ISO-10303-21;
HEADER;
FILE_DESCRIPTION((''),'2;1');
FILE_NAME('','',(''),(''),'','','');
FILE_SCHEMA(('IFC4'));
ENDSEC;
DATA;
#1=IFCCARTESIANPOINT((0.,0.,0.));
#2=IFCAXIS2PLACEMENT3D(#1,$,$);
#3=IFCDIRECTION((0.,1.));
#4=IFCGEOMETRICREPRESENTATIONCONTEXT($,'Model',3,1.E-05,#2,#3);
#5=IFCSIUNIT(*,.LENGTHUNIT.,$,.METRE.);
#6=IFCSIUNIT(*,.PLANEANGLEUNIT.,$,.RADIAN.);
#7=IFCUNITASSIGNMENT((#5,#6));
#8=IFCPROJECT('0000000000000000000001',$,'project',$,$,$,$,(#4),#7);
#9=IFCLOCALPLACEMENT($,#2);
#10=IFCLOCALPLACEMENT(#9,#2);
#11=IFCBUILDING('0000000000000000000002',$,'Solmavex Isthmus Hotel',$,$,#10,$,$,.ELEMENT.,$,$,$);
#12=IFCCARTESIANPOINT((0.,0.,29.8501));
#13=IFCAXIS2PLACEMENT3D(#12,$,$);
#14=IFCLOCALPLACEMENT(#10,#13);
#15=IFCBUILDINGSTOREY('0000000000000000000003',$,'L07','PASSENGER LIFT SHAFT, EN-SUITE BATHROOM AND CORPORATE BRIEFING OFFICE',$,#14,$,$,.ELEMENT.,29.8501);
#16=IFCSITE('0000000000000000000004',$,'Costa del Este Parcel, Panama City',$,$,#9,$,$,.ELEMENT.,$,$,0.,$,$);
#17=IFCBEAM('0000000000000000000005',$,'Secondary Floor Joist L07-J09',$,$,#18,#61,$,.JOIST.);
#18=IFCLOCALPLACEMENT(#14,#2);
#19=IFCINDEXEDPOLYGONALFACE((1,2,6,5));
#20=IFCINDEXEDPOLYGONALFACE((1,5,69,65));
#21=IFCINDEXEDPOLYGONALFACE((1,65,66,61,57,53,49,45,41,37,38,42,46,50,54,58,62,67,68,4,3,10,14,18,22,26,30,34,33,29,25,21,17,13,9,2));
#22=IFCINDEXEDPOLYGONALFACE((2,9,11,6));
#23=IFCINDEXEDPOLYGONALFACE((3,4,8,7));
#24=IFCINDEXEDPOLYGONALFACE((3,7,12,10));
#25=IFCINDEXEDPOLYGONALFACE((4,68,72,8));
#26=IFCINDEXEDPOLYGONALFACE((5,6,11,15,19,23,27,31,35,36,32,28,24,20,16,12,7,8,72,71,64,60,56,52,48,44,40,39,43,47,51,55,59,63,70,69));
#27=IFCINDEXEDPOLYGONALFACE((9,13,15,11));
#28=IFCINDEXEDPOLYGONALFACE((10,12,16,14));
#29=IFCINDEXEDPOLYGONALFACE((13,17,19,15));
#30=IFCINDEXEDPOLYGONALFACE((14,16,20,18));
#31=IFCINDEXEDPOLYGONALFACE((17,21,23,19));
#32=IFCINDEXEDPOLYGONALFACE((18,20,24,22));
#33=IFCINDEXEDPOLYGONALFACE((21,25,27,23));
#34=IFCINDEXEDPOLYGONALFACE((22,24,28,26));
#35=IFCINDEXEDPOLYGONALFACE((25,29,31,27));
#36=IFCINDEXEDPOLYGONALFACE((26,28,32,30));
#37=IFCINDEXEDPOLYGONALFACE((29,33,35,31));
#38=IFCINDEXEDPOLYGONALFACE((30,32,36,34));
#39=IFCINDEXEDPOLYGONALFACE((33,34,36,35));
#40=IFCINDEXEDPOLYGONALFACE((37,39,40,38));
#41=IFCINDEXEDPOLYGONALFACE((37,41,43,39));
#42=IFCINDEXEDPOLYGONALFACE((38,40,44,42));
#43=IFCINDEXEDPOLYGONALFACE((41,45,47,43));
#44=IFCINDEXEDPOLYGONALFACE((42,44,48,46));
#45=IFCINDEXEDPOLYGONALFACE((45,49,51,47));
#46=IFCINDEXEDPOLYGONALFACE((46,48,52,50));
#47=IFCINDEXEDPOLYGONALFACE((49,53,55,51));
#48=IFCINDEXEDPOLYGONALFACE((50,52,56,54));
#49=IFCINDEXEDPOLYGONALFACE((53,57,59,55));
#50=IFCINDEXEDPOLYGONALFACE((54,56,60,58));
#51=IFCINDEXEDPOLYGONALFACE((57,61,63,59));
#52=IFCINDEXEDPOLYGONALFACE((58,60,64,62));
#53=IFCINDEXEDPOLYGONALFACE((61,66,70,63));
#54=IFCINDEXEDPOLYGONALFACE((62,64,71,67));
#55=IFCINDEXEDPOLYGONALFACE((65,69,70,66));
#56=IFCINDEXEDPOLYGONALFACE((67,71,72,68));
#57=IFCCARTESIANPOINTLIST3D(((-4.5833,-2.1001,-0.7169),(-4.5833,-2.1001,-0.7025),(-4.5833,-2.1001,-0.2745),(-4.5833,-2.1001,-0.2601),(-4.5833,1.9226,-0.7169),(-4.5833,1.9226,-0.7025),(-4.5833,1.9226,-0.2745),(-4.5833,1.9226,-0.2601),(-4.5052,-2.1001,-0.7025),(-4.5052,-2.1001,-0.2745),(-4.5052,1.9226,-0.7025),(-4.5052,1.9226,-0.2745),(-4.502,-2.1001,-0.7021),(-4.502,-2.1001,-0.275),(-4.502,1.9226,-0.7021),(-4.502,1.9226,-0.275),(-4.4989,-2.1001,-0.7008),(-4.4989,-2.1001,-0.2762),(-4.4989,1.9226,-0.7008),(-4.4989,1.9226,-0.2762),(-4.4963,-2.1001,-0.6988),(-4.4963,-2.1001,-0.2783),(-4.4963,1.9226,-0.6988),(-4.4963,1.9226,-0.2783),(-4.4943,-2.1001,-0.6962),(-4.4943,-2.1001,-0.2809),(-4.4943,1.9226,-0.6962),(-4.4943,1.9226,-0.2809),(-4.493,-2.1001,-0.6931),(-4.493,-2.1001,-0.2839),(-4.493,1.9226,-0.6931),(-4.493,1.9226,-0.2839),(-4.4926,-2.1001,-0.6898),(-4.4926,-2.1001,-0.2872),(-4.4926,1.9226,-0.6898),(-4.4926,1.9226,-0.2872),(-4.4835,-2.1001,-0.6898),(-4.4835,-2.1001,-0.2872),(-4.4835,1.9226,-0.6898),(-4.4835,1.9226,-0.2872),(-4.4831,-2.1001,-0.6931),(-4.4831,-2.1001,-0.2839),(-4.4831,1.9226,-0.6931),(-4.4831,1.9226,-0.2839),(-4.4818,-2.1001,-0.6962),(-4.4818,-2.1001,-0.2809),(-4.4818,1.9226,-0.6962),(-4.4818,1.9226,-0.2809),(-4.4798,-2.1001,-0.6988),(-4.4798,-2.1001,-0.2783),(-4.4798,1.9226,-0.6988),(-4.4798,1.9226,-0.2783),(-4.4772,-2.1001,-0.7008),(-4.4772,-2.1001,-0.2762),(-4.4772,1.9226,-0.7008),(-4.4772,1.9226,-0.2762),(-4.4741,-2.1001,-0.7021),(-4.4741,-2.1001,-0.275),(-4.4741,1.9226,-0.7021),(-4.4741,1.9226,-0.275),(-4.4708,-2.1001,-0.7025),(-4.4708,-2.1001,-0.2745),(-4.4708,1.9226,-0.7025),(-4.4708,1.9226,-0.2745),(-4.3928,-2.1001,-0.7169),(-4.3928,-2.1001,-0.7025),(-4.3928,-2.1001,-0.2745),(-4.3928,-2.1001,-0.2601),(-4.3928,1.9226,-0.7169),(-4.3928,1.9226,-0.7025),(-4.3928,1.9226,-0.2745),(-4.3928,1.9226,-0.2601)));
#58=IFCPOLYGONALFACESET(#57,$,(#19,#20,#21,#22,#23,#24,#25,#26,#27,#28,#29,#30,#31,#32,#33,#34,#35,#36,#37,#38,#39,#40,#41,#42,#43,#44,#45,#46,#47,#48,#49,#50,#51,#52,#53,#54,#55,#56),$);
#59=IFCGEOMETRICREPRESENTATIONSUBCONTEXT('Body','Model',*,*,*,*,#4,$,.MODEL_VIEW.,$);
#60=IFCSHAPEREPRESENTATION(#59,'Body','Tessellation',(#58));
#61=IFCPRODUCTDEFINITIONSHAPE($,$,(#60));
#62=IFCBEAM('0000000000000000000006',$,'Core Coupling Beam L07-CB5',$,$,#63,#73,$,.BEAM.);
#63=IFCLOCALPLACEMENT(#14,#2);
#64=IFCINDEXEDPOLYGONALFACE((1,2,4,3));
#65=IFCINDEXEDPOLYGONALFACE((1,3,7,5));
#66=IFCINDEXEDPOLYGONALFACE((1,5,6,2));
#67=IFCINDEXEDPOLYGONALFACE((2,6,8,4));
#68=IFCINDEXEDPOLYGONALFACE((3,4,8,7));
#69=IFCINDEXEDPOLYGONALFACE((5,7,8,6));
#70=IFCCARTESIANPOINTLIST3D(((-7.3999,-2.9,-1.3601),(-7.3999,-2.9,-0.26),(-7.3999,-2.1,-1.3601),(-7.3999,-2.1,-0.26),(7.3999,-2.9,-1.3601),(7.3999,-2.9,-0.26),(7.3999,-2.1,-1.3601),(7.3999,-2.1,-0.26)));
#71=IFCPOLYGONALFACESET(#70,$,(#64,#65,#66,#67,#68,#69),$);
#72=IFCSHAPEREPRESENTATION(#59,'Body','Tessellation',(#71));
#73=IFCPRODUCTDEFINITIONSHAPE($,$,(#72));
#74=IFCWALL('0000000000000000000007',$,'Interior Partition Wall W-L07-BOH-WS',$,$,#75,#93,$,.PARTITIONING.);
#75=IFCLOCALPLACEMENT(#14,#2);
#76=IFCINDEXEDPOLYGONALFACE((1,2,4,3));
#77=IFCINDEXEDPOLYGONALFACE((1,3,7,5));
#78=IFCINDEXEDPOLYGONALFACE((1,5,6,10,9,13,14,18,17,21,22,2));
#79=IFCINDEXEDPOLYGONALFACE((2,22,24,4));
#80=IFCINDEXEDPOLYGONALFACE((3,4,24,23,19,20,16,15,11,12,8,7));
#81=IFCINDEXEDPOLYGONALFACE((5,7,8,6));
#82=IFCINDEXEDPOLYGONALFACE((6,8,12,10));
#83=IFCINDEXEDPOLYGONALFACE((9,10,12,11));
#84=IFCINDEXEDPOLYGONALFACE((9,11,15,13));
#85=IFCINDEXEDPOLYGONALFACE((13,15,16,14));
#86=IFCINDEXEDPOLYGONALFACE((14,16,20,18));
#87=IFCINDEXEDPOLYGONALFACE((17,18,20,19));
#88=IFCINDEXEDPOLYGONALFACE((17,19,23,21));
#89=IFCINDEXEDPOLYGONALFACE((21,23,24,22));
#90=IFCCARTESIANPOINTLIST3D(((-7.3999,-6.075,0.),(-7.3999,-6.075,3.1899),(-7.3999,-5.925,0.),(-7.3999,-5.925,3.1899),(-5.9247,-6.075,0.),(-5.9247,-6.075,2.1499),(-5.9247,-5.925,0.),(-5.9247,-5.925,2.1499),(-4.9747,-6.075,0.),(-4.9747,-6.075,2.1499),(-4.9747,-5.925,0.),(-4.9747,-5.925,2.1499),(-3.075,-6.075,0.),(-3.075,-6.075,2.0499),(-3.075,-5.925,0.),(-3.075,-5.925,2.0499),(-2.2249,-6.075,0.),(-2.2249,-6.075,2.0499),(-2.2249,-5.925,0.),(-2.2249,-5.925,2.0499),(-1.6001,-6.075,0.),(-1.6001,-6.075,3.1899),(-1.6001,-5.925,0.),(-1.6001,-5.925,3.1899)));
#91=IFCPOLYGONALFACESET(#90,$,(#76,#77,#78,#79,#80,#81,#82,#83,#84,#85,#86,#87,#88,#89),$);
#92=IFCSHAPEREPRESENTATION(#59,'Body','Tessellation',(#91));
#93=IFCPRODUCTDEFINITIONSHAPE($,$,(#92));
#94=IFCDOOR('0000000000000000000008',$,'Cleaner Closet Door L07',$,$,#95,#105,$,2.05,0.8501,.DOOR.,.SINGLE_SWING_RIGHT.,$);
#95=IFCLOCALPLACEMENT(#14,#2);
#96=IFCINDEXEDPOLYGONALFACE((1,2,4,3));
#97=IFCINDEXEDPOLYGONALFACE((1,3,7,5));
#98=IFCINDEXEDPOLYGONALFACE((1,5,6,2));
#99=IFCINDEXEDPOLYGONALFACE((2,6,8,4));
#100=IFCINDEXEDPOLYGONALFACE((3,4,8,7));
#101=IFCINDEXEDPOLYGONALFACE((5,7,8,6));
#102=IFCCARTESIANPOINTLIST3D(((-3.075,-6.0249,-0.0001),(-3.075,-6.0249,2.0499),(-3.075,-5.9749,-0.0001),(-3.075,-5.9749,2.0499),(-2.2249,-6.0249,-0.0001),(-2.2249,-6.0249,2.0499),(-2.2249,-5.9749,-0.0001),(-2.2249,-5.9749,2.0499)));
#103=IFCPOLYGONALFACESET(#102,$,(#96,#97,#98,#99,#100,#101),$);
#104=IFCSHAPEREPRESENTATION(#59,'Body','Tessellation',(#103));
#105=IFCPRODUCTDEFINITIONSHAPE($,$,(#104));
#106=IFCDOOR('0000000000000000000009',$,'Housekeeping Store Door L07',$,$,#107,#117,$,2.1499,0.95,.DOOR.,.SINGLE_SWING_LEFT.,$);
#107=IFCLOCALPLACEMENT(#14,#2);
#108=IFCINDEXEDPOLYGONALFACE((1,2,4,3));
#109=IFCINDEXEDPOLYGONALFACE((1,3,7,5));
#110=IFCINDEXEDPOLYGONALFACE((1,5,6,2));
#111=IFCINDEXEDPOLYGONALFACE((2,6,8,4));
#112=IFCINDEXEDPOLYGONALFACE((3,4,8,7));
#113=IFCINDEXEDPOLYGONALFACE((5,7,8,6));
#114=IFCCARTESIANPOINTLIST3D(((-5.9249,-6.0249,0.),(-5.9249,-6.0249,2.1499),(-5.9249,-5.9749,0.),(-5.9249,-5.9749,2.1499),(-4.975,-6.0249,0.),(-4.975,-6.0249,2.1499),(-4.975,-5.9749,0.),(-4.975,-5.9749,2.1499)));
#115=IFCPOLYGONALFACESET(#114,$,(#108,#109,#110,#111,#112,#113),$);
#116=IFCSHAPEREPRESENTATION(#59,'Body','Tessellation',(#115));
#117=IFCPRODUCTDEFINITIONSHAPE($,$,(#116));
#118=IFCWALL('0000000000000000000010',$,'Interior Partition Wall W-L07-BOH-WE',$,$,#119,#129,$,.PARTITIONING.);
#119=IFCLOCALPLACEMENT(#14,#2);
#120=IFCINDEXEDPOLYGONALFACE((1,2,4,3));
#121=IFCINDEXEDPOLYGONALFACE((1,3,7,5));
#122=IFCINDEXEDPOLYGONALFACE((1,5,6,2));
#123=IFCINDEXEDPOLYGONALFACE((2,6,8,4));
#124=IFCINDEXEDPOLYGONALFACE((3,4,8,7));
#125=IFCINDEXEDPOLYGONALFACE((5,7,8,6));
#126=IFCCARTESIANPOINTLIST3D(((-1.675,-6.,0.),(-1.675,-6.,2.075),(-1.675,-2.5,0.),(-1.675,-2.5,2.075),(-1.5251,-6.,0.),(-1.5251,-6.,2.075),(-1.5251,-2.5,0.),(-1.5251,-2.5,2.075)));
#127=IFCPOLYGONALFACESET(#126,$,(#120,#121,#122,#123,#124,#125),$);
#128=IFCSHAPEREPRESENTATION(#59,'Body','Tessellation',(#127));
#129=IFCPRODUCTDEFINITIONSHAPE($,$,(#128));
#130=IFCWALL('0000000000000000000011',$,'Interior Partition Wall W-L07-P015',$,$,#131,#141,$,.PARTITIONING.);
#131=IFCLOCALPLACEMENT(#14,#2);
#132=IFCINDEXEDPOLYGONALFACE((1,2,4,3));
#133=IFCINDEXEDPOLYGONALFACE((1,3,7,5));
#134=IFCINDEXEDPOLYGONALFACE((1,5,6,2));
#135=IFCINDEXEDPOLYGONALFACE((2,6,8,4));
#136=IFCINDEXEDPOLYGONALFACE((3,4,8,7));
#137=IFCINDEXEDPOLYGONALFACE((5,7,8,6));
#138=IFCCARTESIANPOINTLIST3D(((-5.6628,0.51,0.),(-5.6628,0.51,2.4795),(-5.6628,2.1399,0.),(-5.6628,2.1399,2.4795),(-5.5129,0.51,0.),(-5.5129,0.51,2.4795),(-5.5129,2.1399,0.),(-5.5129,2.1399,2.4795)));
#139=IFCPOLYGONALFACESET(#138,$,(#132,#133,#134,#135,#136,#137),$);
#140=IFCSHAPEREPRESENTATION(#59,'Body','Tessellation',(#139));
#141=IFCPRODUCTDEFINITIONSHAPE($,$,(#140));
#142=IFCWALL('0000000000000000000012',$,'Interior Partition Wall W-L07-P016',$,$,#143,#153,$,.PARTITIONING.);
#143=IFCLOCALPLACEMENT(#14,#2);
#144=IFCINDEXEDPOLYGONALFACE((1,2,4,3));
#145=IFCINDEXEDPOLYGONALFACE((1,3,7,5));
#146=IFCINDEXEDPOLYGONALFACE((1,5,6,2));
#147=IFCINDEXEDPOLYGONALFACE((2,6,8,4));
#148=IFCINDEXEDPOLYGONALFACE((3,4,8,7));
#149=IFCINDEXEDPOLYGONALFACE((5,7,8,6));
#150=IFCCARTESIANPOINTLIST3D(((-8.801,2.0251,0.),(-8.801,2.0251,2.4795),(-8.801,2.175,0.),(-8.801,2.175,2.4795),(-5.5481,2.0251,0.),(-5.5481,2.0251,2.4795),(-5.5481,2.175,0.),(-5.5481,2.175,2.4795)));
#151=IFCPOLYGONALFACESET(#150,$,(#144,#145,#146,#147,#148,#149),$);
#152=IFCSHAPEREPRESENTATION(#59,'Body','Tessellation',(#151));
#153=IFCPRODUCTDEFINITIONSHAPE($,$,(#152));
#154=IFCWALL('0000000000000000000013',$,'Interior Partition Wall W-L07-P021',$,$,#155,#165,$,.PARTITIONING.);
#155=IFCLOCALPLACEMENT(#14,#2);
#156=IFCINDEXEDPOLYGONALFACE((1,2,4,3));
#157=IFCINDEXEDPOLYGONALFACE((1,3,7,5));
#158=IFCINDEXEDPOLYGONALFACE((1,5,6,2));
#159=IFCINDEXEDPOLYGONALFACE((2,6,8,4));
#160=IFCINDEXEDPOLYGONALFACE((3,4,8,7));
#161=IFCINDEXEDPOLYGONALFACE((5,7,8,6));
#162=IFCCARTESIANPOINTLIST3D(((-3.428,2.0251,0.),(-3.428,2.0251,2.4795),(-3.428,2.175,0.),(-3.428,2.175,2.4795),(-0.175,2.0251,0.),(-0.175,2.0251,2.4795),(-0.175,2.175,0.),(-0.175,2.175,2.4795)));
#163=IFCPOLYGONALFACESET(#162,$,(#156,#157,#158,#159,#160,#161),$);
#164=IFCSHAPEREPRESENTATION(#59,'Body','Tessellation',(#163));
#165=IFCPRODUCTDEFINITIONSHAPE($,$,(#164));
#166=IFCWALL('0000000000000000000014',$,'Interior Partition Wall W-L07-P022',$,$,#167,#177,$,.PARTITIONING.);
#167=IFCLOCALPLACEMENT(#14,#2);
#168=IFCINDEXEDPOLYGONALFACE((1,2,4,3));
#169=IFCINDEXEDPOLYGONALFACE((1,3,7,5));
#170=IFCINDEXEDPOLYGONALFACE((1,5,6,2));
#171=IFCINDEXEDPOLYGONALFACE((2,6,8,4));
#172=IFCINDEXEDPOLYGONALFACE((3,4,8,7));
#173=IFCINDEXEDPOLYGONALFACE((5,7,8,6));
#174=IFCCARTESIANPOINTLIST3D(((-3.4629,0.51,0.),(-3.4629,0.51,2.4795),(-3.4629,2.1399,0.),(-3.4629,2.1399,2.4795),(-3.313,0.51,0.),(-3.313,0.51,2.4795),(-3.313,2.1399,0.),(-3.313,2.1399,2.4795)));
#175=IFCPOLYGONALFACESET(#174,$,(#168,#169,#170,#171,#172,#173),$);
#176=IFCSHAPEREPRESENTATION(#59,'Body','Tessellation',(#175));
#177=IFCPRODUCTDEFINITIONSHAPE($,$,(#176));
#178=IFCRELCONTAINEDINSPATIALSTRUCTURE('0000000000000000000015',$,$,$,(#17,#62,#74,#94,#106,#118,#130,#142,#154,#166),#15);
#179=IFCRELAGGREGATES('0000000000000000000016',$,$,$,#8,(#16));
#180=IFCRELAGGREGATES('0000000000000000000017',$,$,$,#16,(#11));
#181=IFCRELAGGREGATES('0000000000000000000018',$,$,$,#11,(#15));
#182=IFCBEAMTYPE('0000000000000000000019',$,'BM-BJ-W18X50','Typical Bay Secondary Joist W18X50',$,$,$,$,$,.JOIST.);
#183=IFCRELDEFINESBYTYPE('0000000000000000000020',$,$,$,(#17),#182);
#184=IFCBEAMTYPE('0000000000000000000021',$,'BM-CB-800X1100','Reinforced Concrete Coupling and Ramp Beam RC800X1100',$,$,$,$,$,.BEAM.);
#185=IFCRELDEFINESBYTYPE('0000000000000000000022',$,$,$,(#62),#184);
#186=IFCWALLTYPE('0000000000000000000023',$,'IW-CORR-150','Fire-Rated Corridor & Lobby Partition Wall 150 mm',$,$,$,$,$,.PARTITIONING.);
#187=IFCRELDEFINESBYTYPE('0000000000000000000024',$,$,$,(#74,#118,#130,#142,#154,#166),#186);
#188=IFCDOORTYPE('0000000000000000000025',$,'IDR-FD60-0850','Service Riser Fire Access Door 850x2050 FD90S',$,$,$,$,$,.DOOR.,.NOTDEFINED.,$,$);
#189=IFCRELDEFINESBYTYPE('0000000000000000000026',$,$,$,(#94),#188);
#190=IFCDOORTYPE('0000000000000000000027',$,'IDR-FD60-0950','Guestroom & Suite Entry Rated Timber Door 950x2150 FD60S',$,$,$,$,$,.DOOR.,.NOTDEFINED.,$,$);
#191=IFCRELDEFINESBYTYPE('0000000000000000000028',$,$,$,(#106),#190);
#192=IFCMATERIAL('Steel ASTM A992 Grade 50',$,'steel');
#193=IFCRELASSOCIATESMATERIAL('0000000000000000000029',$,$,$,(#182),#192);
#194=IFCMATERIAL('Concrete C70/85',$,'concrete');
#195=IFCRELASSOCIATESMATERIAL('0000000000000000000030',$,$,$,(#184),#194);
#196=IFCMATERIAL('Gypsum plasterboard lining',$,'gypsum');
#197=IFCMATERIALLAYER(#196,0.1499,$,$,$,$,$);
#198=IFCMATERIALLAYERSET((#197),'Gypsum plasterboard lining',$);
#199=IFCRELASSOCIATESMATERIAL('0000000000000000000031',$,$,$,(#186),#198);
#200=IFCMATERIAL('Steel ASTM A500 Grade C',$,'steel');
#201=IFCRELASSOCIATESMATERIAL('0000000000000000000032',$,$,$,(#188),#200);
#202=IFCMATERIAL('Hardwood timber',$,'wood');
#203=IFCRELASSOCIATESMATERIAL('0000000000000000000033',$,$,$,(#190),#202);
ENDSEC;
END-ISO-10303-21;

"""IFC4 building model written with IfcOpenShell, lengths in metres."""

from ifc_helpers import new_model, si_unit, direction, frame, frame_2d, origin, origin_2d, place, context, subcontext, project, spatial, rectangle, i_section, extrude, material, layer, layer_set, material_profile, profile_set, type_object, element, fill, save


model = new_model("IFC4")

# Units and contexts
model_context = context("Model", 3, precision=1e-05, world=origin(), true_north=direction((0.0, 1.0)))
body_context = subcontext(model_context, "Body", "Model", "MODEL_VIEW")
ifc_project = project(units=[si_unit("LENGTHUNIT", "METRE"), si_unit("PLANEANGLEUNIT", "RADIAN")], contexts=[model_context])

# Site, building, storey
site_placement = place(None, origin())
site = spatial("IfcSite", under=ifc_project, at=site_placement, Name="Costa del Este Parcel, Panama City", CompositionType="ELEMENT", RefElevation=0.0)
building_placement = place(site_placement, origin())
building = spatial("IfcBuilding", under=site, at=building_placement, Name="Solmavex Isthmus Hotel", CompositionType="ELEMENT")
storey_placement = place(building_placement, frame((0.0, 0.0, 29.8501)))
storey = spatial("IfcBuildingStorey", under=building, at=storey_placement, Name="L07", Description="PASSENGER LIFT SHAFT, EN-SUITE BATHROOM AND CORPORATE BRIEFING OFFICE", CompositionType="ELEMENT", Elevation=29.8501)

# Shared definitions
ifc_material_1 = material(Name="Concrete C70/85", Category="concrete")

# Beams
ifc_material_2 = material(Name="Steel ASTM A992 Grade 50", Category="steel")
ifc_material_profile_1 = material_profile(ifc_material_2, i_section(OverallWidth=0.1904, OverallDepth=0.4568, WebThickness=0.009, FlangeThickness=0.0144, FilletRadius=0.0127, at=origin_2d()), Name="W18X50")
ifc_profile_set_1 = profile_set([ifc_material_profile_1], Name="Steel ASTM A992 Grade 50")
beam_type_1 = type_object("IfcBeamType", Name="BM-BJ-W18X50", Description="Typical Bay Secondary Joist W18X50", PredefinedType="JOIST", material=ifc_profile_set_1)
beam_1_placement = place(storey_placement, frame((-4.488, -2.1001, -0.4885), z_axis=(0.0, 1.0, 0.0), x_axis=(-1.0, 0.0, 0.0)))
element("IfcBeam", 1, at=beam_1_placement, inside=storey, type_object=beam_type_1, Name="Secondary Floor Joist L07-J09", PredefinedType="JOIST", context=body_context, shape_type="SweptSolid", body=[
    extrude(i_section(OverallWidth=0.1904, OverallDepth=0.4568, WebThickness=0.009, FlangeThickness=0.0144, FilletRadius=0.0127, at=origin_2d()), origin(), (0.0, 0.0, 1.0), 4.0227),
])
ifc_material_profile_2 = material_profile(ifc_material_1, rectangle(XDim=0.8, YDim=1.1001, at=origin_2d()), Name="RC800X1100")
ifc_profile_set_2 = profile_set([ifc_material_profile_2], Name="Concrete C70/85")
beam_type_2 = type_object("IfcBeamType", Name="BM-CB-800X1100", Description="Reinforced Concrete Coupling and Ramp Beam RC800X1100", PredefinedType="BEAM", material=ifc_profile_set_2)
beam_2_placement = place(storey_placement, frame((-7.3999, -2.5, -0.8101), z_axis=(1.0, 0.0, 0.0), x_axis=(0.0, 1.0, 0.0)))
element("IfcBeam", 2, at=beam_2_placement, inside=storey, type_object=beam_type_2, Name="Core Coupling Beam L07-CB5", PredefinedType="BEAM", context=body_context, shape_type="SweptSolid", body=[
    extrude(rectangle(XDim=0.8, YDim=1.1001, at=origin_2d()), origin(), (0.0, 0.0, 1.0), 14.7998),
])

# Wall, openings, doors
ifc_material_3 = material(Name="Gypsum plasterboard lining", Category="gypsum")
ifc_layer_1 = layer(ifc_material_3, 0.1499)
ifc_layer_set_1 = layer_set([ifc_layer_1], Name="Gypsum plasterboard lining")
wall_type_1 = type_object("IfcWallType", Name="IW-CORR-150", Description="Fire-Rated Corridor & Lobby Partition Wall 150 mm", PredefinedType="PARTITIONING", material=ifc_layer_set_1)
wall_1_placement = place(storey_placement, frame((-7.3999, -6.0, 0.0), z_axis=(0.0, 0.0, 1.0), x_axis=(1.0, 0.0, 0.0)))
wall_1 = element("IfcWall", 3, at=wall_1_placement, inside=storey, type_object=wall_type_1, Name="Interior Partition Wall W-L07-BOH-WS", PredefinedType="PARTITIONING", context=body_context, shape_type="SweptSolid", body=[
    extrude(rectangle(XDim=5.7998, YDim=0.1499, at=frame_2d((2.8999, 0.0))), origin(), (0.0, 0.0, 1.0), 3.1899),
])
opening_1_placement = place(wall_1_placement, frame((1.4751, 0.0, 0.0)))
opening_1 = element("IfcOpeningElement", 4, at=opening_1_placement, cuts=wall_1, PredefinedType="OPENING", context=body_context, shape_type="SweptSolid", body=[
    extrude(rectangle(XDim=0.95, YDim=2.1499, at=frame_2d((0.4751, 1.075))), frame((0.0, 0.085, 0.0), z_axis=(0.0, -1.0, 0.0), x_axis=(1.0, 0.0, 0.0)), (0.0, 0.0, 1.0), 0.1699),
])
opening_2_placement = place(wall_1_placement, frame((4.325, 0.0, 0.0)))
opening_2 = element("IfcOpeningElement", 5, at=opening_2_placement, cuts=wall_1, PredefinedType="OPENING", context=body_context, shape_type="SweptSolid", body=[
    extrude(rectangle(XDim=0.8501, YDim=2.05, at=frame_2d((0.425, 1.0249))), frame((0.0, 0.085, 0.0), z_axis=(0.0, -1.0, 0.0), x_axis=(1.0, 0.0, 0.0)), (0.0, 0.0, 1.0), 0.1699),
])
ifc_material_4 = material(Name="Steel ASTM A500 Grade C", Category="steel")
door_type_1 = type_object("IfcDoorType", Name="IDR-FD60-0850", Description="Service Riser Fire Access Door 850x2050 FD90S", OperationType="NOTDEFINED", PredefinedType="DOOR", material=ifc_material_4)
door_1_placement = place(opening_2_placement, frame((0.8501, 0.0, 0.0), z_axis=(0.0, 0.0, 1.0), x_axis=(-1.0, 0.0, 0.0)))
door_1 = element("IfcDoor", 6, at=door_1_placement, inside=storey, type_object=door_type_1, Name="Cleaner Closet Door L07", OperationType="SINGLE_SWING_RIGHT", OverallHeight=2.05, OverallWidth=0.8501, PredefinedType="DOOR", context=body_context, shape_type="SweptSolid", body=[
    extrude(rectangle(XDim=0.8501, YDim=2.05, at=frame_2d((0.425, 1.0249))), frame((0.0, 0.0249, 0.0), z_axis=(0.0, -1.0, 0.0), x_axis=(1.0, 0.0, 0.0)), (0.0, 0.0, 1.0), 0.05),
])
fill(opening_2, door_1)
ifc_material_5 = material(Name="Hardwood timber", Category="wood")
door_type_2 = type_object("IfcDoorType", Name="IDR-FD60-0950", Description="Guestroom & Suite Entry Rated Timber Door 950x2150 FD60S", OperationType="NOTDEFINED", PredefinedType="DOOR", material=ifc_material_5)
door_2_placement = place(opening_1_placement, frame((0.95, 0.0, 0.0), z_axis=(0.0, 0.0, 1.0), x_axis=(-1.0, 0.0, 0.0)))
door_2 = element("IfcDoor", 7, at=door_2_placement, inside=storey, type_object=door_type_2, Name="Housekeeping Store Door L07", OperationType="SINGLE_SWING_LEFT", OverallHeight=2.1499, OverallWidth=0.95, PredefinedType="DOOR", context=body_context, shape_type="SweptSolid", body=[
    extrude(rectangle(XDim=0.95, YDim=2.1499, at=frame_2d((0.4751, 1.075))), frame((0.0, 0.0249, 0.0), z_axis=(0.0, -1.0, 0.0), x_axis=(1.0, 0.0, 0.0)), (0.0, 0.0, 1.0), 0.05),
])
fill(opening_1, door_2)

# Walls
wall_2_placement = place(storey_placement, frame((-1.6001, -6.0, 0.0), z_axis=(0.0, 0.0, 1.0), x_axis=(0.0, 1.0, 0.0)))
element("IfcWall", 8, at=wall_2_placement, inside=storey, type_object=wall_type_1, Name="Interior Partition Wall W-L07-BOH-WE", PredefinedType="PARTITIONING", context=body_context, shape_type="SweptSolid", body=[
    extrude(rectangle(XDim=3.5, YDim=0.1499, at=frame_2d((1.75, 0.0))), origin(), (0.0, 0.0, 1.0), 2.075),
])
wall_3_placement = place(storey_placement, frame((-5.5879, 0.51, 0.0), z_axis=(0.0, 0.0, 1.0), x_axis=(0.0, 1.0, 0.0)))
element("IfcWall", 9, at=wall_3_placement, inside=storey, type_object=wall_type_1, Name="Interior Partition Wall W-L07-P015", PredefinedType="PARTITIONING", context=body_context, shape_type="SweptSolid", body=[
    extrude(rectangle(XDim=1.6299, YDim=0.1499, at=frame_2d((0.8149, 0.0))), origin(), (0.0, 0.0, 1.0), 2.4795),
])
for number, where, z_axis, x_axis, name in (
    (10, (-5.5481, 2.1001, 0.0), (0.0, 0.0, 1.0), (-1.0, 0.0, 0.0), "Interior Partition Wall W-L07-P016"),
    (11, (-0.175, 2.1001, 0.0), (0.0, 0.0, 1.0), (-1.0, 0.0, 0.0), "Interior Partition Wall W-L07-P021"),
):
    element("IfcWall", number, at=place(storey_placement, frame(where, z_axis=z_axis, x_axis=x_axis)), inside=storey, type_object=wall_type_1, Name=name, PredefinedType="PARTITIONING", context=body_context, shape_type="SweptSolid", body=[
        extrude(rectangle(XDim=3.2529, YDim=0.1499, at=frame_2d((1.6265, 0.0))), origin(), (0.0, 0.0, 1.0), 2.4795),
    ])
wall_4_placement = place(storey_placement, frame((-3.3879, 2.1399, 0.0), z_axis=(0.0, 0.0, 1.0), x_axis=(0.0, -1.0, 0.0)))
element("IfcWall", 12, at=wall_4_placement, inside=storey, type_object=wall_type_1, Name="Interior Partition Wall W-L07-P022", PredefinedType="PARTITIONING", context=body_context, shape_type="SweptSolid", body=[
    extrude(rectangle(XDim=1.6299, YDim=0.1499, at=frame_2d((0.8149, 0.0))), origin(), (0.0, 0.0, 1.0), 2.4795),
])

save(model, "model.ifc")
